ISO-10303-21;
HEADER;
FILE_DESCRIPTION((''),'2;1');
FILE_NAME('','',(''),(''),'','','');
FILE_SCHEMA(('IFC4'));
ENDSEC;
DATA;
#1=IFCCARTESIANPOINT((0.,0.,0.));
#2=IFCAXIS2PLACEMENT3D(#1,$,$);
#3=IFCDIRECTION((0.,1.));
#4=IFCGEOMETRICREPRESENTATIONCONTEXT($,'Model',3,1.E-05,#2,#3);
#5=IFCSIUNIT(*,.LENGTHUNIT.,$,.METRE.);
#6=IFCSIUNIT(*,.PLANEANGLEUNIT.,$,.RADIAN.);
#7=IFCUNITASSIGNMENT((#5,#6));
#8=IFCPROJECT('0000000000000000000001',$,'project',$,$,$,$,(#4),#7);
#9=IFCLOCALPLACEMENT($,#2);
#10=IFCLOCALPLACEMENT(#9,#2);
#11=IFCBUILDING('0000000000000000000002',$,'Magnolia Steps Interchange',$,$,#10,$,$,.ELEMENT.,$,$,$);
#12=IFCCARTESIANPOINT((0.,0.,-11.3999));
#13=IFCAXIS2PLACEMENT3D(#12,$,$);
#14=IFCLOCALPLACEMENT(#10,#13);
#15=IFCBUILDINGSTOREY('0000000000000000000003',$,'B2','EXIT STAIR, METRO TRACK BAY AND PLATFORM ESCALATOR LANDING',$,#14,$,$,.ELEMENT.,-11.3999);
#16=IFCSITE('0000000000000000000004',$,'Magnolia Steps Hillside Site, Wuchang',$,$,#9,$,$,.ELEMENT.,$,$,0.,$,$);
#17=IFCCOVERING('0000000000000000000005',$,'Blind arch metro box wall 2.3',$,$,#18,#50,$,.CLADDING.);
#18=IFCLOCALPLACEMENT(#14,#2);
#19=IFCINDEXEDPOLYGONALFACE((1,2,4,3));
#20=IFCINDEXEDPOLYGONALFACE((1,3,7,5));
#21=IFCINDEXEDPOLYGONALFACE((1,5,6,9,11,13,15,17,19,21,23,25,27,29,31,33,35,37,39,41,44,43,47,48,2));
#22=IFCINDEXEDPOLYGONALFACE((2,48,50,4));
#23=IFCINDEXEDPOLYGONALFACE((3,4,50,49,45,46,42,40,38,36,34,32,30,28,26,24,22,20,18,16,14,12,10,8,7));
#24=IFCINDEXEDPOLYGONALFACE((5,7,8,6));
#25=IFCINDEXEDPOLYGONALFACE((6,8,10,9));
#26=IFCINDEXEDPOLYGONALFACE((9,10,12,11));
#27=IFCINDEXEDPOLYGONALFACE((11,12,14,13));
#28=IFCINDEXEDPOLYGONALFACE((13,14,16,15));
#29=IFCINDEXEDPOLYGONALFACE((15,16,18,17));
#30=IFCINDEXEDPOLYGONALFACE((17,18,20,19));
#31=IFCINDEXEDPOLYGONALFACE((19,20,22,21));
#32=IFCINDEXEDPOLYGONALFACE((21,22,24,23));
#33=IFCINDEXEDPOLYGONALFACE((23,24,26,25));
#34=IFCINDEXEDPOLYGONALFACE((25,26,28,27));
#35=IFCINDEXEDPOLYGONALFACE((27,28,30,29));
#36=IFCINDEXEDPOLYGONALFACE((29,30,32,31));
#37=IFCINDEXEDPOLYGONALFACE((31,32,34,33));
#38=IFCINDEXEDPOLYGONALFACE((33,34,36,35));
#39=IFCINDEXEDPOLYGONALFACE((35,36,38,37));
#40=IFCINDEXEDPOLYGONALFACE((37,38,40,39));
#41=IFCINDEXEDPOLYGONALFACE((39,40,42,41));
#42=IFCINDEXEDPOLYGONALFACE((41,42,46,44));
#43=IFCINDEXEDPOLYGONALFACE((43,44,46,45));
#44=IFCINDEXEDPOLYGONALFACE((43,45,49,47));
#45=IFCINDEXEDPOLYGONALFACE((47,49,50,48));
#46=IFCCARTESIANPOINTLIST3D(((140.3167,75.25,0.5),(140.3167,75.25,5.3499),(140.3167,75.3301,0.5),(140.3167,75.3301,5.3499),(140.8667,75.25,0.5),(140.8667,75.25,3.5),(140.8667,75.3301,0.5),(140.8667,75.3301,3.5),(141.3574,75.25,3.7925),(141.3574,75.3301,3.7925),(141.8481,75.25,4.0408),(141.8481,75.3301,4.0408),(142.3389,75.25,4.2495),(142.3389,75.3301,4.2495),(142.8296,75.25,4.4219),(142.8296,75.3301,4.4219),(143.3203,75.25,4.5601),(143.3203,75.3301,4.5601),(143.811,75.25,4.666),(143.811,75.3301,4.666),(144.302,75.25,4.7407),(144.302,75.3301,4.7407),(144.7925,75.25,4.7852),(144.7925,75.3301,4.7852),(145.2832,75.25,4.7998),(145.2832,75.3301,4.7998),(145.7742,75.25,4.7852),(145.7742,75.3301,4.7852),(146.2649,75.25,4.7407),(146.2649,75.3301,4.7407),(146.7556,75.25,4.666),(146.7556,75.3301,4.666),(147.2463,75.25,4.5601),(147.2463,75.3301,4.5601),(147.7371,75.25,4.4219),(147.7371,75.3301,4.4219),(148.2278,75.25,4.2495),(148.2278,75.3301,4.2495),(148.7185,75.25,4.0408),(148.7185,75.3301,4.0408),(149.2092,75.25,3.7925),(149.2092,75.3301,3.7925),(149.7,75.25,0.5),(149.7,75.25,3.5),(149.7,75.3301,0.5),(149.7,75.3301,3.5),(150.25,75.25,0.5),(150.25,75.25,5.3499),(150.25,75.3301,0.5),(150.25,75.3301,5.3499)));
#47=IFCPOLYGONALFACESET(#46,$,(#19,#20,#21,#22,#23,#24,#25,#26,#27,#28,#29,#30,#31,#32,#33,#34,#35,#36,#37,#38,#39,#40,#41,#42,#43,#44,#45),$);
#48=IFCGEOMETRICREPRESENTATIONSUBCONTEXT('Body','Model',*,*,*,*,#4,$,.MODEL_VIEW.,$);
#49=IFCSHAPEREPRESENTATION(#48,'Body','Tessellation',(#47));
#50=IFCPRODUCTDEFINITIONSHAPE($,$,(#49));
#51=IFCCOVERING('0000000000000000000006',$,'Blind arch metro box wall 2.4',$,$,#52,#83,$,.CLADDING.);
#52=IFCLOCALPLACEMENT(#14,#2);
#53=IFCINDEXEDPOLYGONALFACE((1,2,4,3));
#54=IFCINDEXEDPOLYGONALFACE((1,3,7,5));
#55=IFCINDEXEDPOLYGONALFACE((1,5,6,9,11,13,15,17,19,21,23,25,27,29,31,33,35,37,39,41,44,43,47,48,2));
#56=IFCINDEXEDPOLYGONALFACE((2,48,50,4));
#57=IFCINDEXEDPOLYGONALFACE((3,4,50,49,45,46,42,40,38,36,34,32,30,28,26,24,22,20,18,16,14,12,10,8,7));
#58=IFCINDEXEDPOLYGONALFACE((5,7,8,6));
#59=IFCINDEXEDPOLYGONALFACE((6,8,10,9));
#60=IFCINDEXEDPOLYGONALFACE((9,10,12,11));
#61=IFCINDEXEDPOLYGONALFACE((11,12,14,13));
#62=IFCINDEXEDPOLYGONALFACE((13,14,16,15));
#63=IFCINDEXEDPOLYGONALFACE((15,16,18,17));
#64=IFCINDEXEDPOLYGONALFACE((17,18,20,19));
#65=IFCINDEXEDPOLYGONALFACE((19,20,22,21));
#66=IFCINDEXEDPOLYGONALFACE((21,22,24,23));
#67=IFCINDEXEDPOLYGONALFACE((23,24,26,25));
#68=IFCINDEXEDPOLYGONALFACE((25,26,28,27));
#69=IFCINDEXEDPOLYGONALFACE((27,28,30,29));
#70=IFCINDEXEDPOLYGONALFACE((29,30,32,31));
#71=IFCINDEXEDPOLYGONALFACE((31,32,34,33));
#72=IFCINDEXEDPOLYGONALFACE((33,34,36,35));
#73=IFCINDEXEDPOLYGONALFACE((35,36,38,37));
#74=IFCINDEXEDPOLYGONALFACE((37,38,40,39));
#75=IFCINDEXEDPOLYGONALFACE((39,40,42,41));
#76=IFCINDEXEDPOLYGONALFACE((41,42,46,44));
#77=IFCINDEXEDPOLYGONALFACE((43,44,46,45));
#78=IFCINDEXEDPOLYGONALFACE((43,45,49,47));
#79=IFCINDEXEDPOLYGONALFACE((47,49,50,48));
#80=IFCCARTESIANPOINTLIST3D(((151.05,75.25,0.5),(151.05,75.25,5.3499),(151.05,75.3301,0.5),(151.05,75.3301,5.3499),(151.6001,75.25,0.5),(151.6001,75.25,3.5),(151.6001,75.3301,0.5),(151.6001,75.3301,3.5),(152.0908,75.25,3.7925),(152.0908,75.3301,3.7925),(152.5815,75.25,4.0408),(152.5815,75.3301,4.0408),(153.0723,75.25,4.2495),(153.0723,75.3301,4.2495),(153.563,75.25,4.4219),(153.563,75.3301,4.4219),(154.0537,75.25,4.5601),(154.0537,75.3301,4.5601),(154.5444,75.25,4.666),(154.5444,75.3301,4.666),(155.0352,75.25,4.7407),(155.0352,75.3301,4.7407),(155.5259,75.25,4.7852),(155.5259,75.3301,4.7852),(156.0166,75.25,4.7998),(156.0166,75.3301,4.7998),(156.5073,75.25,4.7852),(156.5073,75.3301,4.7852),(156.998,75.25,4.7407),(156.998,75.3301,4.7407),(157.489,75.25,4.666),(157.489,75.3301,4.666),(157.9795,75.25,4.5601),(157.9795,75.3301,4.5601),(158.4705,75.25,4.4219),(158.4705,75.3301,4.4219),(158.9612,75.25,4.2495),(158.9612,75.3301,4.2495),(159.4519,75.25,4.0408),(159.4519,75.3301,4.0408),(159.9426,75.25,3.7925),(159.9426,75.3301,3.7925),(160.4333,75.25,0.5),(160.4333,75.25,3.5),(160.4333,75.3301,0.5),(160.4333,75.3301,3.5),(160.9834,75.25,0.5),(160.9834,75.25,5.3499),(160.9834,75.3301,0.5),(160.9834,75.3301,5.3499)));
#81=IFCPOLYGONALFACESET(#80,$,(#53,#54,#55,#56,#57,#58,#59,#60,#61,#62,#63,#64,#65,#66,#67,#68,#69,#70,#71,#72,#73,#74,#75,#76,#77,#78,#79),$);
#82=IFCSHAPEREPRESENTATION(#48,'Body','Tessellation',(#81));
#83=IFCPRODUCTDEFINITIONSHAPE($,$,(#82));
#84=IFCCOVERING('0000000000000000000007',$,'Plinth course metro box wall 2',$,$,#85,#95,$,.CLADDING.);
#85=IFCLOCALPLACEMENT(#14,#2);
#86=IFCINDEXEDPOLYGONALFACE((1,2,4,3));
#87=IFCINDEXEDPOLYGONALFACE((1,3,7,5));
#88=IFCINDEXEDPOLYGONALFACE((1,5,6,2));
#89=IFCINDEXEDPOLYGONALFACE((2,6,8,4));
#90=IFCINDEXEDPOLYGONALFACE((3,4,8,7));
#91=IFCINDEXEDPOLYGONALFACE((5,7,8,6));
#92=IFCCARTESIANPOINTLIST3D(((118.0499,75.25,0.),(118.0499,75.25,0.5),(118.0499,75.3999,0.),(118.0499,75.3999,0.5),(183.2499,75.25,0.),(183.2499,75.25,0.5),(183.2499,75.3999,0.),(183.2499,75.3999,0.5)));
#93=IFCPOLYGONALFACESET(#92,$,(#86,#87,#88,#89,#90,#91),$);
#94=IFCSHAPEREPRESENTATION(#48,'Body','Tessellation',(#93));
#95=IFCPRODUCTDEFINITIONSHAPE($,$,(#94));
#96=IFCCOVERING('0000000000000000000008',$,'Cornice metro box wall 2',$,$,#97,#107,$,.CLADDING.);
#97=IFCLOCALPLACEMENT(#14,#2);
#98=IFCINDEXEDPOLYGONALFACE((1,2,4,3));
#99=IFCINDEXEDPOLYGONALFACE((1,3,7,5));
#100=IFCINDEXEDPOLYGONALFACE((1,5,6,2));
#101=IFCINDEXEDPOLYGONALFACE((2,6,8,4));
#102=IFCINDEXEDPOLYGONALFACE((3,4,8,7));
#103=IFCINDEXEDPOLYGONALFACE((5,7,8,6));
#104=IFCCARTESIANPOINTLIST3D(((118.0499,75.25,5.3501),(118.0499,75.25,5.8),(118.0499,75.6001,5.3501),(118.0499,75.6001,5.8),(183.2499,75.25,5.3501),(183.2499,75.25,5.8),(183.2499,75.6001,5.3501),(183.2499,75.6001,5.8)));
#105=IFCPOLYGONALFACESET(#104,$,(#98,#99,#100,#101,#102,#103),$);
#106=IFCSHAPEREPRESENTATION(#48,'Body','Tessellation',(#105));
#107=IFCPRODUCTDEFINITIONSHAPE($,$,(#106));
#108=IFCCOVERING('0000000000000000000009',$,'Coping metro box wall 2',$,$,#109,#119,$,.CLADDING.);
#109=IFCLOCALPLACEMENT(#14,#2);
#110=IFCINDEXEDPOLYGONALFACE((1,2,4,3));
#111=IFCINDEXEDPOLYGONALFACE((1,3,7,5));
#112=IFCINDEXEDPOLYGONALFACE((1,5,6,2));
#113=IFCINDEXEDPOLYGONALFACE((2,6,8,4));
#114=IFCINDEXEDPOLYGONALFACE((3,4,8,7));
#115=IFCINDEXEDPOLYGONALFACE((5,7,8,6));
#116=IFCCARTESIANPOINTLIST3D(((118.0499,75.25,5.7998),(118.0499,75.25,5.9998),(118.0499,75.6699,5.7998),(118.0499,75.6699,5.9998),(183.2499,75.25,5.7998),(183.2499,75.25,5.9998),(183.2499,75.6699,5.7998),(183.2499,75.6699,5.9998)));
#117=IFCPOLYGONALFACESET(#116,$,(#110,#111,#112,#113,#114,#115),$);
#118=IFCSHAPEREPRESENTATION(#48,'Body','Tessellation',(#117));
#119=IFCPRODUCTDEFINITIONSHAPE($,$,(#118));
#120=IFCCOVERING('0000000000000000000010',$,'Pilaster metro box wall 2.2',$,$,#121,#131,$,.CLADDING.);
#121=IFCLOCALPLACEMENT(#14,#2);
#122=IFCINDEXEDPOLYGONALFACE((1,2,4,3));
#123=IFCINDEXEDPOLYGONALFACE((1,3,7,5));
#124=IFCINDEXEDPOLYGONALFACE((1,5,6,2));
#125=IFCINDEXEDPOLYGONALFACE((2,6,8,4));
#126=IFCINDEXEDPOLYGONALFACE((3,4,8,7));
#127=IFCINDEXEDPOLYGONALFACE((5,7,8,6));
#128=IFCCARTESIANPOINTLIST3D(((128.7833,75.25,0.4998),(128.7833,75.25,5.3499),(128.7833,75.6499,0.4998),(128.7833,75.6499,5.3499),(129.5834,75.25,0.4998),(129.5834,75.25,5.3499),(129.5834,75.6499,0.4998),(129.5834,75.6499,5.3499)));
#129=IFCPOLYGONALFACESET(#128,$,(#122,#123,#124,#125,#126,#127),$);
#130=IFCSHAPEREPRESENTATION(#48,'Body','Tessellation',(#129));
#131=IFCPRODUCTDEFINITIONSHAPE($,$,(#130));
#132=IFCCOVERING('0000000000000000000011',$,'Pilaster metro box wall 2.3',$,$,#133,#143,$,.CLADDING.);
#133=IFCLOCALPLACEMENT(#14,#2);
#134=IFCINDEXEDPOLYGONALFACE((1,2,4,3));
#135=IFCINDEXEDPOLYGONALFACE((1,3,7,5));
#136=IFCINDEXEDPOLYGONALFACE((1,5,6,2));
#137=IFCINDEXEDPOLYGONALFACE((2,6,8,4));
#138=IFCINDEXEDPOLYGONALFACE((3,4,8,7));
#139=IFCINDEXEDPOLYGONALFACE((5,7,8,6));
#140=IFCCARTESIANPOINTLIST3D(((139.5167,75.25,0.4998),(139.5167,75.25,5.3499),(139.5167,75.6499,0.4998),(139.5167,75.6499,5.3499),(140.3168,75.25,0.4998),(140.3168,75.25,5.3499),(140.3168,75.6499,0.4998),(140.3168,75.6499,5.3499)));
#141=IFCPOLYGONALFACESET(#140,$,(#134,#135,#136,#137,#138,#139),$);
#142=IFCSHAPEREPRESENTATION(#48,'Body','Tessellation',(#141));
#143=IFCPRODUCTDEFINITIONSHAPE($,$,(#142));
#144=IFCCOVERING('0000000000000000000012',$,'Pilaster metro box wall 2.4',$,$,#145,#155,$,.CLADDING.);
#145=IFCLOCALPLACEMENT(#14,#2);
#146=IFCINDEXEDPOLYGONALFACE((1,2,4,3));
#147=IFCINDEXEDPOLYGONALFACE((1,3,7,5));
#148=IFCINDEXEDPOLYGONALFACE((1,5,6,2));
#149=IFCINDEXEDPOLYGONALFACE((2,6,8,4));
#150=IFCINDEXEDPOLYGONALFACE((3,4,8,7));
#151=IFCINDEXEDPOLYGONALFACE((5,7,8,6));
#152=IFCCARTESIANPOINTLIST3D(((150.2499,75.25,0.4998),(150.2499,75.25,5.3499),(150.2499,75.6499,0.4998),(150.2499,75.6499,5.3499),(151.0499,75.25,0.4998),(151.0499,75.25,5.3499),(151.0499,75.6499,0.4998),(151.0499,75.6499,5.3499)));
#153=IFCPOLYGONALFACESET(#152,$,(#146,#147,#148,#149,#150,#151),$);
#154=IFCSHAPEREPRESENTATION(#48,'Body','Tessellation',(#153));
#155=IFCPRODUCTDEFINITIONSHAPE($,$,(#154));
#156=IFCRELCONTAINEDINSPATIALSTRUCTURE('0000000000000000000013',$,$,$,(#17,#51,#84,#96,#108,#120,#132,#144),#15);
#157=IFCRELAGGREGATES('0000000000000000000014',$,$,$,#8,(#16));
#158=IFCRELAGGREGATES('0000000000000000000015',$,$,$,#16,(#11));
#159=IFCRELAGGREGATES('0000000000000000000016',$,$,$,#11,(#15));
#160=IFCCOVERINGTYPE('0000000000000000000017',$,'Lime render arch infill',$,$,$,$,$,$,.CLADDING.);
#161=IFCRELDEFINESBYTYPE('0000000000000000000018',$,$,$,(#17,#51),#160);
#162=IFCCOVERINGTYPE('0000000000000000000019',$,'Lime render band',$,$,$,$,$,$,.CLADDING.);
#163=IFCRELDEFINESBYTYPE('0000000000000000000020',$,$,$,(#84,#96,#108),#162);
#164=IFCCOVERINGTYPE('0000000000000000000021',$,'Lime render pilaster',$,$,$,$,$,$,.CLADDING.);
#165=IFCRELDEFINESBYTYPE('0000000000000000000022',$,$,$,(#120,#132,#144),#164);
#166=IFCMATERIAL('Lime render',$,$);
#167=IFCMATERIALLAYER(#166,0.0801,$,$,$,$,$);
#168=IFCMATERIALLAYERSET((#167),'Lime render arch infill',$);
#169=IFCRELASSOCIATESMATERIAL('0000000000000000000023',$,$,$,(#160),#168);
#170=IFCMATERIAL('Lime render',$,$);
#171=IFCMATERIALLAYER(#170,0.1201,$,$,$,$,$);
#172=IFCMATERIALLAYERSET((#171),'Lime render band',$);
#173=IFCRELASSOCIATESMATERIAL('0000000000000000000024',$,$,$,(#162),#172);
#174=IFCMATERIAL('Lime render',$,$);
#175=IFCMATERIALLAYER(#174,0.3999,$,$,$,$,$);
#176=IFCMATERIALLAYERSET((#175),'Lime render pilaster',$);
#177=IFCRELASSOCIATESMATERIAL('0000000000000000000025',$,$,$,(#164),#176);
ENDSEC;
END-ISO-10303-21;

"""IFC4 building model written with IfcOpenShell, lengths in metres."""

from ifc_helpers import new_model, si_unit, direction, frame, origin, origin_2d, place, context, subcontext, project, spatial, polyline, rectangle, outline, extrude, material, layer, layer_set, type_object, element, save


model = new_model("IFC4")

# Units and contexts
model_context = context("Model", 3, precision=1e-05, world=origin(), true_north=direction((0.0, 1.0)))
body_context = subcontext(model_context, "Body", "Model", "MODEL_VIEW")
ifc_project = project(units=[si_unit("LENGTHUNIT", "METRE"), si_unit("PLANEANGLEUNIT", "RADIAN")], contexts=[model_context])

# Site, building, storey
site_placement = place(None, origin())
site = spatial("IfcSite", under=ifc_project, at=site_placement, Name="Magnolia Steps Hillside Site, Wuchang", CompositionType="ELEMENT", RefElevation=0.0)
building_placement = place(site_placement, origin())
building = spatial("IfcBuilding", under=site, at=building_placement, Name="Magnolia Steps Interchange", CompositionType="ELEMENT")
storey_placement = place(building_placement, frame((0.0, 0.0, -11.3999)))
storey = spatial("IfcBuildingStorey", under=building, at=storey_placement, Name="B2", Description="EXIT STAIR, METRO TRACK BAY AND PLATFORM ESCALATOR LANDING", CompositionType="ELEMENT", Elevation=-11.3999)

# Coverings
ifc_material_1 = material(Name="Lime render")
ifc_layer_1 = layer(ifc_material_1, 0.0801)
ifc_layer_set_1 = layer_set([ifc_layer_1], Name="Lime render arch infill")
covering_type_1 = type_object("IfcCoveringType", Name="Lime render arch infill", PredefinedType="CLADDING", material=ifc_layer_set_1)
covering_1_placement = place(storey_placement, frame((140.8667, 75.25, 0.5), z_axis=(0.0, -1.0, 0.0), x_axis=(0.0, 0.0, 1.0)))
element("IfcCovering", 1, at=covering_1_placement, inside=storey, type_object=covering_type_1, Name="Blind arch metro box wall 2.3", PredefinedType="CLADDING", context=body_context, shape_type="SweptSolid", body=[
    extrude(outline(polyline([(0.0, 0.0), (3.0, 0.0), (3.2925, -0.4907), (3.5408, -0.9814), (3.7495, -1.4722), (3.9219, -1.9629), (4.0601, -2.4536), (4.166, -2.9443), (4.2407, -3.4353), (4.2852, -3.9258), (4.2998, -4.4165), (4.2852, -4.9075), (4.2407, -5.3982), (4.166, -5.8889), (4.0601, -6.3796), (3.9219, -6.8704), (3.7495, -7.3611), (3.5408, -7.8518), (3.2925, -8.3425), (3.0, -8.8333), (0.0, -8.8333), (0.0, -9.3833), (4.8499, -9.3833), (4.8499, 0.55), (0.0, 0.55), (0.0, 0.0)])), origin(), (0.0, 0.0, -1.0), 0.0801),
])
covering_2_placement = place(storey_placement, frame((151.6001, 75.25, 0.5), z_axis=(0.0, -1.0, 0.0), x_axis=(0.0, 0.0, 1.0)))
element("IfcCovering", 2, at=covering_2_placement, inside=storey, type_object=covering_type_1, Name="Blind arch metro box wall 2.4", PredefinedType="CLADDING", context=body_context, shape_type="SweptSolid", body=[
    extrude(outline(polyline([(0.0, 0.0), (3.0, 0.0), (3.2925, -0.4907), (3.5408, -0.9814), (3.7495, -1.4722), (3.9219, -1.9629), (4.0601, -2.4536), (4.166, -2.9443), (4.2407, -3.4351), (4.2852, -3.9258), (4.2998, -4.4165), (4.2852, -4.9072), (4.2407, -5.3979), (4.166, -5.8889), (4.0601, -6.3794), (3.9219, -6.8704), (3.7495, -7.3611), (3.5408, -7.8518), (3.2925, -8.3425), (3.0, -8.8333), (0.0, -8.8333), (0.0, -9.3833), (4.8499, -9.3833), (4.8499, 0.55), (0.0, 0.55), (0.0, 0.0)])), origin(), (0.0, 0.0, -1.0), 0.0801),
])
ifc_material_2 = material(Name="Lime render")
ifc_layer_2 = layer(ifc_material_2, 0.1201)
ifc_layer_set_2 = layer_set([ifc_layer_2], Name="Lime render band")
covering_type_2 = type_object("IfcCoveringType", Name="Lime render band", PredefinedType="CLADDING", material=ifc_layer_set_2)
covering_3_placement = place(storey_placement, frame((150.6499, 75.325, 0.0), z_axis=(0.0, 0.0, 1.0), x_axis=(1.0, 0.0, 0.0)))
element("IfcCovering", 3, at=covering_3_placement, inside=storey, type_object=covering_type_2, Name="Plinth course metro box wall 2", PredefinedType="CLADDING", context=body_context, shape_type="SweptSolid", body=[
    extrude(rectangle(XDim=65.2, YDim=0.1499, at=origin_2d()), origin(), (0.0, 0.0, 1.0), 0.5),
])
covering_4_placement = place(storey_placement, frame((150.6499, 75.425, 5.3501), z_axis=(0.0, 0.0, 1.0), x_axis=(1.0, 0.0, 0.0)))
element("IfcCovering", 4, at=covering_4_placement, inside=storey, type_object=covering_type_2, Name="Cornice metro box wall 2", PredefinedType="CLADDING", context=body_context, shape_type="SweptSolid", body=[
    extrude(rectangle(XDim=65.2, YDim=0.3501, at=origin_2d()), origin(), (0.0, 0.0, 1.0), 0.45),
])
covering_5_placement = place(storey_placement, frame((150.6499, 75.46, 5.7998), z_axis=(0.0, 0.0, 1.0), x_axis=(1.0, 0.0, 0.0)))
element("IfcCovering", 5, at=covering_5_placement, inside=storey, type_object=covering_type_2, Name="Coping metro box wall 2", PredefinedType="CLADDING", context=body_context, shape_type="SweptSolid", body=[
    extrude(rectangle(XDim=65.2, YDim=0.4199, at=origin_2d()), origin(), (0.0, 0.0, 1.0), 0.2),
])
ifc_material_3 = material(Name="Lime render")
ifc_layer_3 = layer(ifc_material_3, 0.3999)
ifc_layer_set_3 = layer_set([ifc_layer_3], Name="Lime render pilaster")
covering_type_3 = type_object("IfcCoveringType", Name="Lime render pilaster", PredefinedType="CLADDING", material=ifc_layer_set_3)
for number, where, z_axis, x_axis, name in (
    (6, (129.1833, 75.45, 0.4998), (0.0, 0.0, 1.0), (1.0, 0.0, 0.0), "Pilaster metro box wall 2.2"),
    (7, (139.9167, 75.45, 0.4998), (0.0, 0.0, 1.0), (1.0, 0.0, 0.0), "Pilaster metro box wall 2.3"),
    (8, (150.6499, 75.45, 0.4998), (0.0, 0.0, 1.0), (1.0, 0.0, 0.0), "Pilaster metro box wall 2.4"),
):
    element("IfcCovering", number, at=place(storey_placement, frame(where, z_axis=z_axis, x_axis=x_axis)), inside=storey, type_object=covering_type_3, Name=name, PredefinedType="CLADDING", context=body_context, shape_type="SweptSolid", body=[
        extrude(rectangle(XDim=0.8, YDim=0.3999, at=origin_2d()), origin(), (0.0, 0.0, 1.0), 4.8501),
    ])

save(model, "model.ifc")
